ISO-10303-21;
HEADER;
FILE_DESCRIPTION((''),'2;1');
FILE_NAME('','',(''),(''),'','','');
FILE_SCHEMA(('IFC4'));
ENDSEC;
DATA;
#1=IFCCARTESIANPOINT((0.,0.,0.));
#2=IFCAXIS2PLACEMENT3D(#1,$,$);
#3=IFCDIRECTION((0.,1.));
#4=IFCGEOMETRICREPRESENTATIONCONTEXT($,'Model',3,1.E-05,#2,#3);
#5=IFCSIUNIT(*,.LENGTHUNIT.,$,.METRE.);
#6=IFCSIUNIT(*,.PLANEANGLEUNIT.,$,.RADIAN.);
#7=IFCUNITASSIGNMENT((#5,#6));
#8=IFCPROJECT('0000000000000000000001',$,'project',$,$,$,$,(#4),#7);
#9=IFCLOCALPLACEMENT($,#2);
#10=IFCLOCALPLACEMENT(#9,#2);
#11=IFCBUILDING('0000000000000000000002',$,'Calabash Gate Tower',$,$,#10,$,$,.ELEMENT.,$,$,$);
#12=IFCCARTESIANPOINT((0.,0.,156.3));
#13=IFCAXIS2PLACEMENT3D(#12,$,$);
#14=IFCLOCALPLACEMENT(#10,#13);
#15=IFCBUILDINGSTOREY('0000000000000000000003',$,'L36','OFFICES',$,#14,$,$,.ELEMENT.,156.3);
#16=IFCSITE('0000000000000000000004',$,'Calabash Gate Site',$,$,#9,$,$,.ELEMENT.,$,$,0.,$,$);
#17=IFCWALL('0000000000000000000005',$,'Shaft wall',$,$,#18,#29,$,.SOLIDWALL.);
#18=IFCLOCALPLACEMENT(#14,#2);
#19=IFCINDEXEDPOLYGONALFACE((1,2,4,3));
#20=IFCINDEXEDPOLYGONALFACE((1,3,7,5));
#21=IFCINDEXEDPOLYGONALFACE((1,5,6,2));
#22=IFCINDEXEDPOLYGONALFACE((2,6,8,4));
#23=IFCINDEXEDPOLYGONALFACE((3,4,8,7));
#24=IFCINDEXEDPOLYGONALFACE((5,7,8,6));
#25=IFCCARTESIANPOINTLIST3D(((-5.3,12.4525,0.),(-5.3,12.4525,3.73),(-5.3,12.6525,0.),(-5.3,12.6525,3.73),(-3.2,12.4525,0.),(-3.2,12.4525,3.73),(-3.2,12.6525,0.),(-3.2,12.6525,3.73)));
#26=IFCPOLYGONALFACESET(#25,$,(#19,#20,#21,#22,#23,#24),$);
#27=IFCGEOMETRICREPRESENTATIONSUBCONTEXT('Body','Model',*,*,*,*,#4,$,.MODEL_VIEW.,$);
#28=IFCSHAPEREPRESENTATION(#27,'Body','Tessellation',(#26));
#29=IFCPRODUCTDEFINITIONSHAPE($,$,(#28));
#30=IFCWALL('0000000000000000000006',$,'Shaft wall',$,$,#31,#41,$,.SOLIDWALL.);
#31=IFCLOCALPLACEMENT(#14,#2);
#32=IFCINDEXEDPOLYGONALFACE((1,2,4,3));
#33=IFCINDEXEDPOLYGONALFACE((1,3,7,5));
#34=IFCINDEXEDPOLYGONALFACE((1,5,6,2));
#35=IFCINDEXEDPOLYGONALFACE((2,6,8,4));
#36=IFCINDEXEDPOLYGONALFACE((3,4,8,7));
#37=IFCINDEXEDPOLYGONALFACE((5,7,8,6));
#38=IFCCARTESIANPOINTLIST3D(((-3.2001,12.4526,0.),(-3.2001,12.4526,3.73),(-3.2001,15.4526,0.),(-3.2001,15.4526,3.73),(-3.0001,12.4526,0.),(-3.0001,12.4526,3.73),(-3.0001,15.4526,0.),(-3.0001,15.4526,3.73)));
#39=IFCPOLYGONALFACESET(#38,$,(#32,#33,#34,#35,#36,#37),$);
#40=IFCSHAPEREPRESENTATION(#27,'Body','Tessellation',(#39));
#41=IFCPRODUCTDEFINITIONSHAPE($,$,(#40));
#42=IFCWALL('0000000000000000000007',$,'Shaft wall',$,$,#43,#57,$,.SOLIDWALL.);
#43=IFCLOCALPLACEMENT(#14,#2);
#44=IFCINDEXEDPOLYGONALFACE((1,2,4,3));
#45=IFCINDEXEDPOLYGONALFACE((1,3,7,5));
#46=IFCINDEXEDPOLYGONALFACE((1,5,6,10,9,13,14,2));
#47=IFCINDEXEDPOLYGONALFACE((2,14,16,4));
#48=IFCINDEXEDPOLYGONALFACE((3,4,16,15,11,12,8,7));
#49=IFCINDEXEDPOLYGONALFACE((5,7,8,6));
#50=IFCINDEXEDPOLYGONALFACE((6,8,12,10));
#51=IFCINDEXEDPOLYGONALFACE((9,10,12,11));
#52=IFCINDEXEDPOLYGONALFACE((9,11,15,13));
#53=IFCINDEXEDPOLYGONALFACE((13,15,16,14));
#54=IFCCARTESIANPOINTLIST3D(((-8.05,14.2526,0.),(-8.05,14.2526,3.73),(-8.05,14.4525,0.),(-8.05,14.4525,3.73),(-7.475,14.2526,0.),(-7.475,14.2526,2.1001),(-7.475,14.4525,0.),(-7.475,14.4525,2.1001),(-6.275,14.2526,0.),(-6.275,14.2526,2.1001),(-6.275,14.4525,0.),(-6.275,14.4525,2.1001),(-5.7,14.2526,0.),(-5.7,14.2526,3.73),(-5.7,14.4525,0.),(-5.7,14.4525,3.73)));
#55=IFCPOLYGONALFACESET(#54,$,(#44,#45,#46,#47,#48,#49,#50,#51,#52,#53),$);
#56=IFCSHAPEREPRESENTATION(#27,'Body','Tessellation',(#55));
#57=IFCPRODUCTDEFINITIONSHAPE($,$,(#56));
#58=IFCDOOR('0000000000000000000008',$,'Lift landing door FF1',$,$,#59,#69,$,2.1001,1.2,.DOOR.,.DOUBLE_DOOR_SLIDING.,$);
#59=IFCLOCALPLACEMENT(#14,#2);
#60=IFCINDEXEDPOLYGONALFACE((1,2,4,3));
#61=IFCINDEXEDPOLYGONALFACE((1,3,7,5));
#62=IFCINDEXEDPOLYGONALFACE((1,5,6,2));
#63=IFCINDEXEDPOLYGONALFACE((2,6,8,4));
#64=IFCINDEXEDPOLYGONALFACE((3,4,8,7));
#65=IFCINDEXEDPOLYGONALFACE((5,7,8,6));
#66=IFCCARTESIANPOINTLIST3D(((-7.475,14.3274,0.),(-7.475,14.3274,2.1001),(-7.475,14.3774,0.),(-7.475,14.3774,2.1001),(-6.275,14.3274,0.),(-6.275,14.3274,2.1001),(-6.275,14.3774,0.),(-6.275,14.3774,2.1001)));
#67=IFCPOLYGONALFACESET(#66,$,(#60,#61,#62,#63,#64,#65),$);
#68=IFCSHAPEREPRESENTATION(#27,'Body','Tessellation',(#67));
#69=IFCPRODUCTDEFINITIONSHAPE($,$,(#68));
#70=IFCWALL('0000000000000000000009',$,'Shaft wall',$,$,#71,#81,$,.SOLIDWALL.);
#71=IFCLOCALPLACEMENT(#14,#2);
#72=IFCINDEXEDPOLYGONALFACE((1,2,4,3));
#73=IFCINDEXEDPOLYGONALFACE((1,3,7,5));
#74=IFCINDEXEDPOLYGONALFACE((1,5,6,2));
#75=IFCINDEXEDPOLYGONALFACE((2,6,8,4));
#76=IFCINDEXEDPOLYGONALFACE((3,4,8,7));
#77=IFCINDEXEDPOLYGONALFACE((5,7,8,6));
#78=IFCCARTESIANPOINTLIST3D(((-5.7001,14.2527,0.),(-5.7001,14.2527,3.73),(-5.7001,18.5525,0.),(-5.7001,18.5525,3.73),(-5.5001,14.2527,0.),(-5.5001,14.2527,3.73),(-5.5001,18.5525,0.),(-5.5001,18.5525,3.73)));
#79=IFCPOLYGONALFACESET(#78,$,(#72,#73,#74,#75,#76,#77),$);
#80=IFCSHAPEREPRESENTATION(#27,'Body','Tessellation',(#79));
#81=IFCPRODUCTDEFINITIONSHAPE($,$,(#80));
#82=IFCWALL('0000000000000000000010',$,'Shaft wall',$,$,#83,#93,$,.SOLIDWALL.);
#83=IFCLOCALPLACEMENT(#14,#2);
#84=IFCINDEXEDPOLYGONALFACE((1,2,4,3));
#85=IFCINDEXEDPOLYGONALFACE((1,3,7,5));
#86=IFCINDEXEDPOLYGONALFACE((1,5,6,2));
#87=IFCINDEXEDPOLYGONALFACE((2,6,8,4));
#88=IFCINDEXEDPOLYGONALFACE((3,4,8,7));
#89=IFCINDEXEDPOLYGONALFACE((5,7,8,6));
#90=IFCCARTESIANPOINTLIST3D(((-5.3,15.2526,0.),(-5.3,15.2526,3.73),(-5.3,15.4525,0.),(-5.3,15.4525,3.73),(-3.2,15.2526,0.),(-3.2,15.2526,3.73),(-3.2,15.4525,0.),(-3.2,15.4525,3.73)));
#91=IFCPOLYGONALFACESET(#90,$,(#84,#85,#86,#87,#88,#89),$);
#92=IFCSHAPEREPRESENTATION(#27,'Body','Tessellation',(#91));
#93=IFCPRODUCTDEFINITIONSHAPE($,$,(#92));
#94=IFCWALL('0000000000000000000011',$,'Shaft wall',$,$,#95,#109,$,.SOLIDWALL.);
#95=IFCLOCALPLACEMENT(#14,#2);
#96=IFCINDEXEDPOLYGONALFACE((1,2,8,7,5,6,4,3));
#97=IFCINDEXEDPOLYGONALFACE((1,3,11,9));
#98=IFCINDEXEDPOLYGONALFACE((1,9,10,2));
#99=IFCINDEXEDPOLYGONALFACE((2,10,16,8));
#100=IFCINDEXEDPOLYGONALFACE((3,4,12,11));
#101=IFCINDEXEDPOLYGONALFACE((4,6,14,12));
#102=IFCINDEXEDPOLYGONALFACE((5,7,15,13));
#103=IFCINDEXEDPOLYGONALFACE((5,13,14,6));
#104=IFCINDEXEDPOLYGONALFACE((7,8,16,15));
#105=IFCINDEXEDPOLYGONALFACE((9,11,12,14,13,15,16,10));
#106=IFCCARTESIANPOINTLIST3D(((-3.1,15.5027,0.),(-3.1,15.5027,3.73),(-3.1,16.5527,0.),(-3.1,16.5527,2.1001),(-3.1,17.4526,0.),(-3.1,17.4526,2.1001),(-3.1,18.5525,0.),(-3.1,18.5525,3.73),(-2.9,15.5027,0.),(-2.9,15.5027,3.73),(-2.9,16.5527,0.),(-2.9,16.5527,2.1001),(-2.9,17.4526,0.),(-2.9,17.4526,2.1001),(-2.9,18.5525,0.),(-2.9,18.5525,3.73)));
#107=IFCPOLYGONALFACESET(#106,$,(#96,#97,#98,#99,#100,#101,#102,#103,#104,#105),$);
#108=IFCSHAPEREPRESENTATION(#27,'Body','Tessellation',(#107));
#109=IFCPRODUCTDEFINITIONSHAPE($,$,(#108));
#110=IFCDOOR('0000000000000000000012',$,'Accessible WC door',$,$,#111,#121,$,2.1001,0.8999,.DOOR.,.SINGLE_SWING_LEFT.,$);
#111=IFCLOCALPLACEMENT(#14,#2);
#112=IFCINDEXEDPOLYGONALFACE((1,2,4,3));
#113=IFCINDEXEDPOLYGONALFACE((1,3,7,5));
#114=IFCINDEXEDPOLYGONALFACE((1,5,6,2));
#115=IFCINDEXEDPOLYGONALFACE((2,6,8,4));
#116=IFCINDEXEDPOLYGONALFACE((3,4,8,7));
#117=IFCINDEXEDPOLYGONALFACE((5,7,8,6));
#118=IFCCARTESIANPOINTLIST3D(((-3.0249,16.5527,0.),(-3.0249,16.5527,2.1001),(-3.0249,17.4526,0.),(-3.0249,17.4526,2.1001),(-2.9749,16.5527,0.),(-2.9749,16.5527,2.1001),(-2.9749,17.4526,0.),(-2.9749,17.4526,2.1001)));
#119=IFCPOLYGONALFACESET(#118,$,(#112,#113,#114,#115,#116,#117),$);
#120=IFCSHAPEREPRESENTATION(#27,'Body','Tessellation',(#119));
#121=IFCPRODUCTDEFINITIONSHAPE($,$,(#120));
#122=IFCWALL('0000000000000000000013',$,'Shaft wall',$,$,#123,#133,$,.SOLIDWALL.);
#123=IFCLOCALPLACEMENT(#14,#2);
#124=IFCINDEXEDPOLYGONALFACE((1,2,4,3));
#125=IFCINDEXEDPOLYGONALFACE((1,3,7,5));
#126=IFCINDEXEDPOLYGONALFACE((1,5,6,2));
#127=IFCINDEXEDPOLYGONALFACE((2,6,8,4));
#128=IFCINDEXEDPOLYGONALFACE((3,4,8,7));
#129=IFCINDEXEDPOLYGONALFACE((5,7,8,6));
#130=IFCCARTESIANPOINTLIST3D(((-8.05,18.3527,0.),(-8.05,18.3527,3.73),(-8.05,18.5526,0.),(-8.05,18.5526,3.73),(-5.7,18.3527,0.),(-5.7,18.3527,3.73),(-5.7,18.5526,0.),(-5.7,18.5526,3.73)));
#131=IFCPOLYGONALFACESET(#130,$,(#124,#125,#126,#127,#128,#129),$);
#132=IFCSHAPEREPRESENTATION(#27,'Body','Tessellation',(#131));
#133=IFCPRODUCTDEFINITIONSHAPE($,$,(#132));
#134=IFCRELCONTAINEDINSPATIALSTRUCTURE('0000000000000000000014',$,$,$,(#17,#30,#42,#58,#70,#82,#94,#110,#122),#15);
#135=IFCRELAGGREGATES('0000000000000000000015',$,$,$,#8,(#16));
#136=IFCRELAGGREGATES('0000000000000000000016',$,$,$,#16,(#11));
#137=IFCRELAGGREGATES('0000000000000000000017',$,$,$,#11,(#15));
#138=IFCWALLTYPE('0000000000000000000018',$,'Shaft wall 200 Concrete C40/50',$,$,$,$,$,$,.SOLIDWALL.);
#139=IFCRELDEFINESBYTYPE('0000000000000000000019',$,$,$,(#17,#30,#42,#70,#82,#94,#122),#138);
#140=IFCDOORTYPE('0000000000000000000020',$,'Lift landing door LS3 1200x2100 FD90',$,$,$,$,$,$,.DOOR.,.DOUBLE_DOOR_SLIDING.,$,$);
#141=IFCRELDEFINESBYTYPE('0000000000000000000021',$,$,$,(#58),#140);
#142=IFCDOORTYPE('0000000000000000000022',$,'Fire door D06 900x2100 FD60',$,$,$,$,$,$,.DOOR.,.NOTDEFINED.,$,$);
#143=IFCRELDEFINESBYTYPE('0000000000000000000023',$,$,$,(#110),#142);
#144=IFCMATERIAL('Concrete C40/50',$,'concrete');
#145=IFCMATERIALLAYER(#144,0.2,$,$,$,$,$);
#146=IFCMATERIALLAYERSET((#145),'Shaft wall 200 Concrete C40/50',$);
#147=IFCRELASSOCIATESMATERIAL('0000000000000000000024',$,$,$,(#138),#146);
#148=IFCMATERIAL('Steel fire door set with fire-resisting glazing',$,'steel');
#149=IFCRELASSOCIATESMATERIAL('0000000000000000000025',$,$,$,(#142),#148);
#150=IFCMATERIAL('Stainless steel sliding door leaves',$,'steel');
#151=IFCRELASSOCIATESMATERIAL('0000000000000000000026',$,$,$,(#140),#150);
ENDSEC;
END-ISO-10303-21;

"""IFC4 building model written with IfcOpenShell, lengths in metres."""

from ifc_helpers import new_model, si_unit, direction, frame, frame_2d, origin, place, context, subcontext, project, spatial, rectangle, extrude, material, layer, layer_set, type_object, element, fill, save


model = new_model("IFC4")

# Units and contexts
model_context = context("Model", 3, precision=1e-05, world=origin(), true_north=direction((0.0, 1.0)))
body_context = subcontext(model_context, "Body", "Model", "MODEL_VIEW")
ifc_project = project(units=[si_unit("LENGTHUNIT", "METRE"), si_unit("PLANEANGLEUNIT", "RADIAN")], contexts=[model_context])

# Site, building, storey
site_placement = place(None, origin())
site = spatial("IfcSite", under=ifc_project, at=site_placement, Name="Calabash Gate Site", CompositionType="ELEMENT", RefElevation=0.0)
building_placement = place(site_placement, origin())
building = spatial("IfcBuilding", under=site, at=building_placement, Name="Calabash Gate Tower", CompositionType="ELEMENT")
storey_placement = place(building_placement, frame((0.0, 0.0, 156.3)))
storey = spatial("IfcBuildingStorey", under=building, at=storey_placement, Name="L36", Description="OFFICES", CompositionType="ELEMENT", Elevation=156.3)

# Shared definitions
ifc_material_1 = material(Name="Concrete C40/50", Category="concrete")
ifc_layer_1 = layer(ifc_material_1, 0.2)
ifc_layer_set_1 = layer_set([ifc_layer_1], Name="Shaft wall 200 Concrete C40/50")
wall_type_1 = type_object("IfcWallType", Name="Shaft wall 200 Concrete C40/50", PredefinedType="SOLIDWALL", material=ifc_layer_set_1)

# Shared definitions
ifc_material_2 = material(Name="Steel fire door set with fire-resisting glazing", Category="steel")
door_type_1 = type_object("IfcDoorType", Name="Fire door D06 900x2100 FD60", OperationType="NOTDEFINED", PredefinedType="DOOR", material=ifc_material_2)

# Walls
wall_1_placement = place(storey_placement, frame((-5.3, 12.5525, 0.0), z_axis=(0.0, 0.0, 1.0), x_axis=(1.0, 0.0, 0.0)))
element("IfcWall", 1, at=wall_1_placement, inside=storey, type_object=wall_type_1, Name="Shaft wall", PredefinedType="SOLIDWALL", context=body_context, shape_type="SweptSolid", body=[
    extrude(rectangle(XDim=2.1001, YDim=0.2, at=frame_2d((1.05, 0.0))), origin(), (0.0, 0.0, 1.0), 3.73),
])
wall_2_placement = place(storey_placement, frame((-3.1001, 12.4526, 0.0), z_axis=(0.0, 0.0, 1.0), x_axis=(0.0, 1.0, 0.0)))
element("IfcWall", 2, at=wall_2_placement, inside=storey, type_object=wall_type_1, Name="Shaft wall", PredefinedType="SOLIDWALL", context=body_context, shape_type="SweptSolid", body=[
    extrude(rectangle(XDim=3.0, YDim=0.2, at=frame_2d((1.5, 0.0))), origin(), (0.0, 0.0, 1.0), 3.73),
])

# Wall, opening, door
wall_3_placement = place(storey_placement, frame((-8.05, 14.3525, 0.0), z_axis=(0.0, 0.0, 1.0), x_axis=(1.0, 0.0, 0.0)))
wall_3 = element("IfcWall", 3, at=wall_3_placement, inside=storey, type_object=wall_type_1, Name="Shaft wall", PredefinedType="SOLIDWALL", context=body_context, shape_type="SweptSolid", body=[
    extrude(rectangle(XDim=2.3501, YDim=0.2, at=frame_2d((1.175, 0.0))), origin(), (0.0, 0.0, 1.0), 3.73),
])
opening_1_placement = place(wall_3_placement, frame((0.575, 0.0, 0.0)))
opening_1 = element("IfcOpeningElement", 4, at=opening_1_placement, cuts=wall_3, PredefinedType="OPENING", context=body_context, shape_type="SweptSolid", body=[
    extrude(rectangle(XDim=1.2, YDim=2.1001, at=frame_2d((0.6001, 1.05))), frame((0.0, 0.1099, 0.0), z_axis=(0.0, -1.0, 0.0), x_axis=(1.0, 0.0, 0.0)), (0.0, 0.0, 1.0), 0.22),
])
ifc_material_3 = material(Name="Stainless steel sliding door leaves", Category="steel")
door_type_2 = type_object("IfcDoorType", Name="Lift landing door LS3 1200x2100 FD90", OperationType="DOUBLE_DOOR_SLIDING", PredefinedType="DOOR", material=ifc_material_3)
door_1_placement = place(opening_1_placement, origin())
door_1 = element("IfcDoor", 5, at=door_1_placement, inside=storey, type_object=door_type_2, Name="Lift landing door FF1", OperationType="DOUBLE_DOOR_SLIDING", OverallHeight=2.1001, OverallWidth=1.2, PredefinedType="DOOR", context=body_context, shape_type="SweptSolid", body=[
    extrude(rectangle(XDim=1.2, YDim=2.1001, at=frame_2d((0.6001, 1.05))), frame((0.0, 0.0249, 0.0), z_axis=(0.0, -1.0, 0.0), x_axis=(1.0, 0.0, 0.0)), (0.0, 0.0, 1.0), 0.05),
])
fill(opening_1, door_1)

# Walls
wall_4_placement = place(storey_placement, frame((-5.6001, 14.2527, 0.0), z_axis=(0.0, 0.0, 1.0), x_axis=(0.0, 1.0, 0.0)))
element("IfcWall", 6, at=wall_4_placement, inside=storey, type_object=wall_type_1, Name="Shaft wall", PredefinedType="SOLIDWALL", context=body_context, shape_type="SweptSolid", body=[
    extrude(rectangle(XDim=4.2998, YDim=0.2, at=frame_2d((2.1499, 0.0))), origin(), (0.0, 0.0, 1.0), 3.73),
])
wall_5_placement = place(storey_placement, frame((-5.3, 15.3525, 0.0), z_axis=(0.0, 0.0, 1.0), x_axis=(1.0, 0.0, 0.0)))
element("IfcWall", 7, at=wall_5_placement, inside=storey, type_object=wall_type_1, Name="Shaft wall", PredefinedType="SOLIDWALL", context=body_context, shape_type="SweptSolid", body=[
    extrude(rectangle(XDim=2.1001, YDim=0.2, at=frame_2d((1.05, 0.0))), origin(), (0.0, 0.0, 1.0), 3.73),
])

# Wall, opening, door
wall_6_placement = place(storey_placement, frame((-3.0, 15.5027, 0.0), z_axis=(0.0, 0.0, 1.0), x_axis=(0.0, 1.0, 0.0)))
wall_6 = element("IfcWall", 8, at=wall_6_placement, inside=storey, type_object=wall_type_1, Name="Shaft wall", PredefinedType="SOLIDWALL", context=body_context, shape_type="SweptSolid", body=[
    extrude(rectangle(XDim=3.0498, YDim=0.2, at=frame_2d((1.5249, 0.0))), origin(), (0.0, 0.0, 1.0), 3.73),
])
opening_2_placement = place(wall_6_placement, frame((1.05, 0.0, 0.0)))
opening_2 = element("IfcOpeningElement", 9, at=opening_2_placement, cuts=wall_6, PredefinedType="OPENING", context=body_context, shape_type="SweptSolid", body=[
    extrude(rectangle(XDim=0.8999, YDim=2.1001, at=frame_2d((0.45, 1.05))), frame((0.0, 0.1099, 0.0), z_axis=(0.0, -1.0, 0.0), x_axis=(1.0, 0.0, 0.0)), (0.0, 0.0, 1.0), 0.22),
])
door_2_placement = place(opening_2_placement, origin())
door_2 = element("IfcDoor", 10, at=door_2_placement, inside=storey, type_object=door_type_1, Name="Accessible WC door", OperationType="SINGLE_SWING_LEFT", OverallHeight=2.1001, OverallWidth=0.8999, PredefinedType="DOOR", context=body_context, shape_type="SweptSolid", body=[
    extrude(rectangle(XDim=0.8999, YDim=2.1001, at=frame_2d((0.45, 1.05))), frame((0.0, 0.0249, 0.0), z_axis=(0.0, -1.0, 0.0), x_axis=(1.0, 0.0, 0.0)), (0.0, 0.0, 1.0), 0.05),
])
fill(opening_2, door_2)

# Wall
wall_7_placement = place(storey_placement, frame((-8.05, 18.4526, 0.0), z_axis=(0.0, 0.0, 1.0), x_axis=(1.0, 0.0, 0.0)))
element("IfcWall", 11, at=wall_7_placement, inside=storey, type_object=wall_type_1, Name="Shaft wall", PredefinedType="SOLIDWALL", context=body_context, shape_type="SweptSolid", body=[
    extrude(rectangle(XDim=2.3501, YDim=0.2, at=frame_2d((1.175, 0.0))), origin(), (0.0, 0.0, 1.0), 3.73),
])

save(model, "model.ifc")
